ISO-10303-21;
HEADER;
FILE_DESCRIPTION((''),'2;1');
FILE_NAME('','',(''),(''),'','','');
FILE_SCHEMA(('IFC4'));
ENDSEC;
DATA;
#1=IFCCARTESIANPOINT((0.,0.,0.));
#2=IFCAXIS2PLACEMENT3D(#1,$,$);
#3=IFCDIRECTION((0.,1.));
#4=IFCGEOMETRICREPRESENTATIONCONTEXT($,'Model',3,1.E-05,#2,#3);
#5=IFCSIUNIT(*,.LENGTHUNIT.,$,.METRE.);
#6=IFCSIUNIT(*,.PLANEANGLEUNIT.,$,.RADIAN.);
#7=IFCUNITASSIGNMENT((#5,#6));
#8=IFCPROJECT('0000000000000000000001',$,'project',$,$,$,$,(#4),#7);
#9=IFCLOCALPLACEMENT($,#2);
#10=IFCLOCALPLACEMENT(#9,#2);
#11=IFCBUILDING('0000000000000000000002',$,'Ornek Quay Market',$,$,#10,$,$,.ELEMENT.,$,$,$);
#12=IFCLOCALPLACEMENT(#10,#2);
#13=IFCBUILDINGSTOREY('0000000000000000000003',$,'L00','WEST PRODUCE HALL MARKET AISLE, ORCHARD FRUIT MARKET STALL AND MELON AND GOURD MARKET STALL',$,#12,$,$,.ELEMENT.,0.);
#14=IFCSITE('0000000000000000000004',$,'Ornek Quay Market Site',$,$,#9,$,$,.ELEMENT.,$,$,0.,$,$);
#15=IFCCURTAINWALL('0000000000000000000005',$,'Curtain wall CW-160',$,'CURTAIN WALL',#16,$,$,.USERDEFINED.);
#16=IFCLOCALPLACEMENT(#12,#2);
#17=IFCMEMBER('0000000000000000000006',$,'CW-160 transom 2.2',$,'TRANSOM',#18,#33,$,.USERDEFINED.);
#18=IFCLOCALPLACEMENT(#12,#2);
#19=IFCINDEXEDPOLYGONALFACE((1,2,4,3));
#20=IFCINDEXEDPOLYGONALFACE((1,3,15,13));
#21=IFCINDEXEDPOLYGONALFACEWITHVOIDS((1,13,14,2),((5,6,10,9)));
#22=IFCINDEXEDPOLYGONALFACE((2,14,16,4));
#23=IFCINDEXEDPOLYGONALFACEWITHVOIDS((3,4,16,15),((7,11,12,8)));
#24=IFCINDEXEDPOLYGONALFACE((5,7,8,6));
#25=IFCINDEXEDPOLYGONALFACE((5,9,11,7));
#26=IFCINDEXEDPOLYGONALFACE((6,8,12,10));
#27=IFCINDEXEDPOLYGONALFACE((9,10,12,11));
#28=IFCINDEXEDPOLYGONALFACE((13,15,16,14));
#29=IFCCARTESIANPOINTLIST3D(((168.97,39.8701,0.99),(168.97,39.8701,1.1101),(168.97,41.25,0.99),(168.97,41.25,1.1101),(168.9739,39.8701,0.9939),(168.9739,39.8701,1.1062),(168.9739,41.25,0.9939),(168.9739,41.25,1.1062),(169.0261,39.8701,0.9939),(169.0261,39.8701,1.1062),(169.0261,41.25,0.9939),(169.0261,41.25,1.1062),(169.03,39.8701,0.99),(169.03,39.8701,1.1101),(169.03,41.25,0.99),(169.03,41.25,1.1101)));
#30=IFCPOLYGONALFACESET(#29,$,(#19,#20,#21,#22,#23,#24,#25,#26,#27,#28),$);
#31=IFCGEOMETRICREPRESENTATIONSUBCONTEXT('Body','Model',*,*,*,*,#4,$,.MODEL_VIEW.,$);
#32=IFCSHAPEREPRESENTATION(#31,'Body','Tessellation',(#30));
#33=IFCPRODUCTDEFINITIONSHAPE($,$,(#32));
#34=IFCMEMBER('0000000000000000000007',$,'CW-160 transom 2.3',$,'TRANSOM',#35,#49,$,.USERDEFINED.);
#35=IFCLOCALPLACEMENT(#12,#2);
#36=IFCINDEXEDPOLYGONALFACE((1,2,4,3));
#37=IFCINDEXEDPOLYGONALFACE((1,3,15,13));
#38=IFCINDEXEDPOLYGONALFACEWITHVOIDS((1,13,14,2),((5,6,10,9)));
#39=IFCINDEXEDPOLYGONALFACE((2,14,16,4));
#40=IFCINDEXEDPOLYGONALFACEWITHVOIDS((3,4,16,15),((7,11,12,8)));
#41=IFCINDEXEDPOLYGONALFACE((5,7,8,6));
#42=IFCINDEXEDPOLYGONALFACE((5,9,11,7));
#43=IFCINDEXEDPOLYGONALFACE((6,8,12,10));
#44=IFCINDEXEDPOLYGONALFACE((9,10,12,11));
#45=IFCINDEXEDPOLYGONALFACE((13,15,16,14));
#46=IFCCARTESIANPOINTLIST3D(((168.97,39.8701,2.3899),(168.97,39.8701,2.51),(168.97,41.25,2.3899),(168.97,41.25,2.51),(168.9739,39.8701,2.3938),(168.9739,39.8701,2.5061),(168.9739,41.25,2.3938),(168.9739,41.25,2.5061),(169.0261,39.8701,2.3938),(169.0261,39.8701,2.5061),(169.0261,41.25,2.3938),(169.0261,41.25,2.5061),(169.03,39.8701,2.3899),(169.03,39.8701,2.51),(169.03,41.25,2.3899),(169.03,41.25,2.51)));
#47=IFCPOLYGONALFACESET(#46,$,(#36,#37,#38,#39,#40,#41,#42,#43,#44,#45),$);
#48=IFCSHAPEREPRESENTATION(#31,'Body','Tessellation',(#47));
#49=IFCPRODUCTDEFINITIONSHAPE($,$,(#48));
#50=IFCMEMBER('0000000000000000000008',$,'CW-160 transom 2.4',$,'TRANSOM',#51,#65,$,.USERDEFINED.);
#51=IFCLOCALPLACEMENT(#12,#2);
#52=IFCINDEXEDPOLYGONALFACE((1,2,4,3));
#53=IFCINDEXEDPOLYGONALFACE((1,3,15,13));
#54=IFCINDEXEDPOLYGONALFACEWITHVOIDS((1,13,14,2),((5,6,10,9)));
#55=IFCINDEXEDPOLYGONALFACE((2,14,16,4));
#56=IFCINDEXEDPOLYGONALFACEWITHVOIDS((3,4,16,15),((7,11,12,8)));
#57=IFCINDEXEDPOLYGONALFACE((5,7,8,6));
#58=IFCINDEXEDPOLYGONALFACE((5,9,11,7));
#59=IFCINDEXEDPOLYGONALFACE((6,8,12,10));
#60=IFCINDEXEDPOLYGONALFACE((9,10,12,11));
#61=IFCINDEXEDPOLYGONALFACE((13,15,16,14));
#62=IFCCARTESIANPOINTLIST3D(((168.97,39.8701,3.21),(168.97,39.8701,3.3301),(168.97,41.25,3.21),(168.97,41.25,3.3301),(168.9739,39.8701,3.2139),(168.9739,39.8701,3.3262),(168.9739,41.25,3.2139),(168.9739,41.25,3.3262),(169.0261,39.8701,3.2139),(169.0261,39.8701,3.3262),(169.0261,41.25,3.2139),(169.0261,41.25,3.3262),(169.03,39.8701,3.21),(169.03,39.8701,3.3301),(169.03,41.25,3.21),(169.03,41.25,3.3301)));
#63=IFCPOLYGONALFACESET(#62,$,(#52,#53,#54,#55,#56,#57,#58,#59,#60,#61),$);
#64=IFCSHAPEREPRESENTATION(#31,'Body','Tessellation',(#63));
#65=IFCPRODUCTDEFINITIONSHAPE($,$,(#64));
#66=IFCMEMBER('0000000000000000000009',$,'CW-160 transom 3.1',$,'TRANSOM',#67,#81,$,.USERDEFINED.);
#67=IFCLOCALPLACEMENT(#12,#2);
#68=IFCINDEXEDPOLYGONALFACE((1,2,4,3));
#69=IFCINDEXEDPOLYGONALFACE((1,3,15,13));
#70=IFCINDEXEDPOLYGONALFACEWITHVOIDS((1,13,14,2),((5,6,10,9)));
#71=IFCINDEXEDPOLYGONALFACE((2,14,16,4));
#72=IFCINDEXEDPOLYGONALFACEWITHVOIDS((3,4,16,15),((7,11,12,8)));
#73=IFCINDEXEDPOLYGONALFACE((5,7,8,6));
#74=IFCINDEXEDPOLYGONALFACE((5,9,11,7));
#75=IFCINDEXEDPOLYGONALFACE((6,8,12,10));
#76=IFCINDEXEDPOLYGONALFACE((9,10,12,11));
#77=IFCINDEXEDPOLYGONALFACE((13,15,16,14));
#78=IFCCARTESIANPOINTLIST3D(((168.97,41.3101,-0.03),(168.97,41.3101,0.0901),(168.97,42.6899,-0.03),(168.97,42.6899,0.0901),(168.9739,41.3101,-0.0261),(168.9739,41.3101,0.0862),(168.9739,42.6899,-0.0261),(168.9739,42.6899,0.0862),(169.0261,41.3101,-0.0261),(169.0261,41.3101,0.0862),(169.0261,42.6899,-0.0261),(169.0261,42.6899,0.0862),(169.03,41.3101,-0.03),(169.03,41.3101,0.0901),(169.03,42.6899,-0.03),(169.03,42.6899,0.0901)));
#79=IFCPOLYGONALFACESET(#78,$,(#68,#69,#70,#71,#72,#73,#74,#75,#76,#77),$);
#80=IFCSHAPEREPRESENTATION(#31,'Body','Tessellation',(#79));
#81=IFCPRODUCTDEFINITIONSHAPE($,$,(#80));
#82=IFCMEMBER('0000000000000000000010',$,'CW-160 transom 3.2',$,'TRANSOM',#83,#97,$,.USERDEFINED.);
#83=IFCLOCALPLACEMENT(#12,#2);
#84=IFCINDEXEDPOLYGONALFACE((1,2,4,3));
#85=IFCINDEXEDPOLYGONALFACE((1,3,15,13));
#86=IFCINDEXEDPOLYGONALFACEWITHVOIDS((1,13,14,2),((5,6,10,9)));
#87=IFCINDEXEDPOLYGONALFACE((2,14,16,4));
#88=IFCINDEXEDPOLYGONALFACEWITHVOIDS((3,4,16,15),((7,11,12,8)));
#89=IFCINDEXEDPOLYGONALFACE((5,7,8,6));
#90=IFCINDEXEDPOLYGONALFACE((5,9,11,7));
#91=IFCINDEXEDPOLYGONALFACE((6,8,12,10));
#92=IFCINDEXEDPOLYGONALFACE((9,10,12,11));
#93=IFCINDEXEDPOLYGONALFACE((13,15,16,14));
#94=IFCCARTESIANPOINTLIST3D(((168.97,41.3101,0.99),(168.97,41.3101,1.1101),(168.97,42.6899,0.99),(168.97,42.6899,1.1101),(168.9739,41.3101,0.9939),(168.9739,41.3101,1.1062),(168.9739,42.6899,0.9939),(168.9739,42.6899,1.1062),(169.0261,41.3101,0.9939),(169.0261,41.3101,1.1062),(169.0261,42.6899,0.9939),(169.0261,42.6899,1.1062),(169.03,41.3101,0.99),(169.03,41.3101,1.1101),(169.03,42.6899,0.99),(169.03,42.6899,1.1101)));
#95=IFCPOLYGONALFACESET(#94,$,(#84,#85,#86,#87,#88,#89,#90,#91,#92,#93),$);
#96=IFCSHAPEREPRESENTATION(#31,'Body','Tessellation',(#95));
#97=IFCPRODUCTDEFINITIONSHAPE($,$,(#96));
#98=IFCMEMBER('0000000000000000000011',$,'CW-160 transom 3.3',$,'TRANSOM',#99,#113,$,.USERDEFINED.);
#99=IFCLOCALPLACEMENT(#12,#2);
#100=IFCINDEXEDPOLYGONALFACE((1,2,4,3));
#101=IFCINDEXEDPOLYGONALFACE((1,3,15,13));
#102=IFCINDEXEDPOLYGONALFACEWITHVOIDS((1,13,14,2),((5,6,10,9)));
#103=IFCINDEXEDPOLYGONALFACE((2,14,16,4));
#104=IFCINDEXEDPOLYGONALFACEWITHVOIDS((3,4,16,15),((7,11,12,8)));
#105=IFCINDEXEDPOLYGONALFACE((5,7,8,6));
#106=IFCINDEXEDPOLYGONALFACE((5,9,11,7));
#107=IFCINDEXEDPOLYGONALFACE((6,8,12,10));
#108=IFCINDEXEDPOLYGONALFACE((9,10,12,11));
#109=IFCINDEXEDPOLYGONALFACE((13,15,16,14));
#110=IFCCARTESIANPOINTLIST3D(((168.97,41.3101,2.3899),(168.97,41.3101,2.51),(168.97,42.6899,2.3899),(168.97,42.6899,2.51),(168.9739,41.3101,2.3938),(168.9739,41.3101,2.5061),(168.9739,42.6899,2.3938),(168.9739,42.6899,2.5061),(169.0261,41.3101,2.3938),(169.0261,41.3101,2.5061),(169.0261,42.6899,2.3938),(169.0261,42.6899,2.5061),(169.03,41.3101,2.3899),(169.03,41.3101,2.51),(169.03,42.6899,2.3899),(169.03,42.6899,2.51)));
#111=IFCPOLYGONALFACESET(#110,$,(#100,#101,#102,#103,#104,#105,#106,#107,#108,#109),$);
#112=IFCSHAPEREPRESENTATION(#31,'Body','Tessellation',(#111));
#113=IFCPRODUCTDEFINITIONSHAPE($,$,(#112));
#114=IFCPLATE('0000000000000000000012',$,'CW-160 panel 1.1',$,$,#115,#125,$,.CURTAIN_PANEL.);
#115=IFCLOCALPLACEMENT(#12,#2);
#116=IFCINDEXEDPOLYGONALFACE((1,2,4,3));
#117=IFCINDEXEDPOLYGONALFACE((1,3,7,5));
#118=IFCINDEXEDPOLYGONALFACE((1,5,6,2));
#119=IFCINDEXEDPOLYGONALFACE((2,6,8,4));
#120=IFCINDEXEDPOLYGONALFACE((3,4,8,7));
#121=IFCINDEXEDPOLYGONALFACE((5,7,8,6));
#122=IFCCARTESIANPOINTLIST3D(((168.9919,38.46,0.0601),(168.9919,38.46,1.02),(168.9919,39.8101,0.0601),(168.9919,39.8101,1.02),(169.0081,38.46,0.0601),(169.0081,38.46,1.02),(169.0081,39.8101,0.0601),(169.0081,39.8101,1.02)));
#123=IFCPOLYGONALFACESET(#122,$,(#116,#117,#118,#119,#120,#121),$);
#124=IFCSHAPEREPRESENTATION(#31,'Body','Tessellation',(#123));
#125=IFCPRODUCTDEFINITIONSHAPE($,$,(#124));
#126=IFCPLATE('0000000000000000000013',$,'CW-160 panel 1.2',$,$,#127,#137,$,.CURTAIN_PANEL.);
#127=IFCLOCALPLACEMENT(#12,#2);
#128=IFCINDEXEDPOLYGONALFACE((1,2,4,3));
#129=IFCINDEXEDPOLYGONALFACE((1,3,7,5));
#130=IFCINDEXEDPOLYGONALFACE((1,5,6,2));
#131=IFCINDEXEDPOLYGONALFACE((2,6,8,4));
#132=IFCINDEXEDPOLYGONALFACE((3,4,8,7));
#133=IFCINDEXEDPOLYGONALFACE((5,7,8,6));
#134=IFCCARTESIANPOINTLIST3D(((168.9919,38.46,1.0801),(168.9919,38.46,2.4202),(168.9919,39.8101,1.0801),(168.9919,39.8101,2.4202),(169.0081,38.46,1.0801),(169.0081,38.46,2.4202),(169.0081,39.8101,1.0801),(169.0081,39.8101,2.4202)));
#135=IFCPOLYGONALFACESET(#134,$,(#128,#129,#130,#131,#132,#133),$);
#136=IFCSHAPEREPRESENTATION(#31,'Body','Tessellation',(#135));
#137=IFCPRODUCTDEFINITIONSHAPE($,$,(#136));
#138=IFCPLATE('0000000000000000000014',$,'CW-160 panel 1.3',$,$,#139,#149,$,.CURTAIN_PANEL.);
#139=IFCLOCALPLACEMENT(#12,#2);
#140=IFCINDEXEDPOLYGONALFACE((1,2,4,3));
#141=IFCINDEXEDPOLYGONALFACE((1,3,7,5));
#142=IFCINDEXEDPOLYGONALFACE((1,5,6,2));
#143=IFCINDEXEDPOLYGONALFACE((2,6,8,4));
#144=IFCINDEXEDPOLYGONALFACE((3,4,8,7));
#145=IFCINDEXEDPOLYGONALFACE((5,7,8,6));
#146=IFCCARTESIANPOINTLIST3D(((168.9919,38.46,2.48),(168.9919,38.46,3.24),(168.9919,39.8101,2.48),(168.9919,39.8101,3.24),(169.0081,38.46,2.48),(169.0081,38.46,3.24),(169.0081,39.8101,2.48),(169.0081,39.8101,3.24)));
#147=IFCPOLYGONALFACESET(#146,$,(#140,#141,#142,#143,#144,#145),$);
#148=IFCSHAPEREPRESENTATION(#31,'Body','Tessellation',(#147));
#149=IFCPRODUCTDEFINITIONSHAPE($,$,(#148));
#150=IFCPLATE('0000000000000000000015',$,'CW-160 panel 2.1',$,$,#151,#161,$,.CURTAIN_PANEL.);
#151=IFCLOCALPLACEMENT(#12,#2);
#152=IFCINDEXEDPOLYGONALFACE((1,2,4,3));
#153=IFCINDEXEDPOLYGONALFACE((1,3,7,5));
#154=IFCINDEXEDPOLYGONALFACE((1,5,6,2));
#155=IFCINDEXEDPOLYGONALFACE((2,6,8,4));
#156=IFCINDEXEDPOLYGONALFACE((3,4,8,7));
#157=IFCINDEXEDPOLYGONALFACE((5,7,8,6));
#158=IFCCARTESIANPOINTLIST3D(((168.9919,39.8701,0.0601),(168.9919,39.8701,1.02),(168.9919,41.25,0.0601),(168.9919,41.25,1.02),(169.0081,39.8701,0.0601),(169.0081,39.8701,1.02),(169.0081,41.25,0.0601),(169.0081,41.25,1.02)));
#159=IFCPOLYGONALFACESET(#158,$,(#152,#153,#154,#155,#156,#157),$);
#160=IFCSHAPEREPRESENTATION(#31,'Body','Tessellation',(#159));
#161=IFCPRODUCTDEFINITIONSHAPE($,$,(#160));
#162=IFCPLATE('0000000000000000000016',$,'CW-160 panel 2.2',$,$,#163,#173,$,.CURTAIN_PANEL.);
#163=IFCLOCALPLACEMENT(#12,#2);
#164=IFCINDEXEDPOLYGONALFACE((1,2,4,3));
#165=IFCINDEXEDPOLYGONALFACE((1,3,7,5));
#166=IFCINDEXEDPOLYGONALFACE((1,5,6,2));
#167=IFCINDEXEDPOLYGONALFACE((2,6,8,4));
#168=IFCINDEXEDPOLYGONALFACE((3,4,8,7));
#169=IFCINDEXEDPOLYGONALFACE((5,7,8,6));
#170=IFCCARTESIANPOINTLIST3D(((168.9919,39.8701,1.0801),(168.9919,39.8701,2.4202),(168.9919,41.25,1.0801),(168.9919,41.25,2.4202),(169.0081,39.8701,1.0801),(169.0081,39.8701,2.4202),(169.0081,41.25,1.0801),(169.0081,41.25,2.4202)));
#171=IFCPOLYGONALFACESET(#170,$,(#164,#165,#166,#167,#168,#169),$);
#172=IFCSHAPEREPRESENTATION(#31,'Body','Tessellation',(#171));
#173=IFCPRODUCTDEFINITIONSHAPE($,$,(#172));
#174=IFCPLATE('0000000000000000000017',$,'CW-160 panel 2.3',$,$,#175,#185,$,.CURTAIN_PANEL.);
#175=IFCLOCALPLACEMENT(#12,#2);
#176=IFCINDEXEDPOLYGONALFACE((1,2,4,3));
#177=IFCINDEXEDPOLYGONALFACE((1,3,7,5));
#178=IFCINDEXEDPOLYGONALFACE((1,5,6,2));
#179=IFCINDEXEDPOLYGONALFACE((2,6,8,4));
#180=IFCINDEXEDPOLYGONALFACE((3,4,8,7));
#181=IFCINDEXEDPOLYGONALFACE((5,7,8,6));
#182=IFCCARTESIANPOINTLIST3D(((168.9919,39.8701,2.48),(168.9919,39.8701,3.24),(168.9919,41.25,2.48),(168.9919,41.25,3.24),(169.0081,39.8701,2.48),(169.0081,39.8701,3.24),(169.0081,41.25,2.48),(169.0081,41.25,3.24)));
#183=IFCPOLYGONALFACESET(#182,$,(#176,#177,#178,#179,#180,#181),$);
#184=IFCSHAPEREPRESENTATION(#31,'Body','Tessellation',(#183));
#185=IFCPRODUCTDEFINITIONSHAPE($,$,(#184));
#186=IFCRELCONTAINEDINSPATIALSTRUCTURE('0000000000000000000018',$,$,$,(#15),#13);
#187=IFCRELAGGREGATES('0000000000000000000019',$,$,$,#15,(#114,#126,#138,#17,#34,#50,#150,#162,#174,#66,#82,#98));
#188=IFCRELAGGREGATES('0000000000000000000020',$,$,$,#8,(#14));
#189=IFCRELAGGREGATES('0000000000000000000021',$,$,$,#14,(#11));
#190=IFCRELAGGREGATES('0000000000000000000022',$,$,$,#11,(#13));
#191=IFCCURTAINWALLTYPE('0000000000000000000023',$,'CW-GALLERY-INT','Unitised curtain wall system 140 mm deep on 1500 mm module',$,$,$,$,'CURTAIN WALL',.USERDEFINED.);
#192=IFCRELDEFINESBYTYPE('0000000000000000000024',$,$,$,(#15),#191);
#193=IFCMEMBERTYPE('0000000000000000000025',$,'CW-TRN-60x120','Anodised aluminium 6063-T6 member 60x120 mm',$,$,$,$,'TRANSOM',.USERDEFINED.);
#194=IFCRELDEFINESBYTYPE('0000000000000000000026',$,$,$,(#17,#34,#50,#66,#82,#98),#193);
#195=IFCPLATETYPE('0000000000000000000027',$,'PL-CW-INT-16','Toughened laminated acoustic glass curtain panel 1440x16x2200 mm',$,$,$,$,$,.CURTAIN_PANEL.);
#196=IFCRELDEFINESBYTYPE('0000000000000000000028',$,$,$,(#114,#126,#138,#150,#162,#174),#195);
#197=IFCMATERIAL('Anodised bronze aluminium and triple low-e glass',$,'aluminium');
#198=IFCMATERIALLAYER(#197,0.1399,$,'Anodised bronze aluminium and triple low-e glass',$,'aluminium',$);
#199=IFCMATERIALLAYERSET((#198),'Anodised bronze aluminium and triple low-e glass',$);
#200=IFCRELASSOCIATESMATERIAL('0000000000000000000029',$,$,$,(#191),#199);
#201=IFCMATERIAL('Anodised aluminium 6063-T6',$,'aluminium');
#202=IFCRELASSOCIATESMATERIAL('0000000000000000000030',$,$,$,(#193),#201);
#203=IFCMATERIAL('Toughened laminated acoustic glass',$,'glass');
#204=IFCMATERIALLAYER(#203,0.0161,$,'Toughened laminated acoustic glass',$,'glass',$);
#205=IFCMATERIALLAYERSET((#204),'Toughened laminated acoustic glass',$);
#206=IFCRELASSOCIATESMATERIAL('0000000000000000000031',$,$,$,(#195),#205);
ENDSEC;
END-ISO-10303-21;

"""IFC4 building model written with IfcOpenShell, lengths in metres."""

from ifc_helpers import new_model, si_unit, direction, frame, origin, origin_2d, place, context, subcontext, project, spatial, rectangle, hollow_rectangle, extrude, material, layer, layer_set, material_profile, profile_set, type_object, element, aggregate, save


model = new_model("IFC4")

# Units and contexts
model_context = context("Model", 3, precision=1e-05, world=origin(), true_north=direction((0.0, 1.0)))
body_context = subcontext(model_context, "Body", "Model", "MODEL_VIEW")
ifc_project = project(units=[si_unit("LENGTHUNIT", "METRE"), si_unit("PLANEANGLEUNIT", "RADIAN")], contexts=[model_context])

# Site, building, storey
site_placement = place(None, origin())
site = spatial("IfcSite", under=ifc_project, at=site_placement, Name="Ornek Quay Market Site", CompositionType="ELEMENT", RefElevation=0.0)
building_placement = place(site_placement, origin())
building = spatial("IfcBuilding", under=site, at=building_placement, Name="Ornek Quay Market", CompositionType="ELEMENT")
storey_placement = place(building_placement, origin())
storey = spatial("IfcBuildingStorey", under=building, at=storey_placement, Name="L00", Description="WEST PRODUCE HALL MARKET AISLE, ORCHARD FRUIT MARKET STALL AND MELON AND GOURD MARKET STALL", CompositionType="ELEMENT", Elevation=0.0)

# Curtain wall, members, plates
ifc_material_1 = material(Name="Anodised bronze aluminium and triple low-e glass", Category="aluminium")
ifc_layer_1 = layer(ifc_material_1, 0.1399, Name="Anodised bronze aluminium and triple low-e glass", Category="aluminium")
ifc_layer_set_1 = layer_set([ifc_layer_1], Name="Anodised bronze aluminium and triple low-e glass")
curtain_wall_type = type_object("IfcCurtainWallType", Name="CW-GALLERY-INT", Description="Unitised curtain wall system 140 mm deep on 1500 mm module", ElementType="CURTAIN WALL", PredefinedType="USERDEFINED", material=ifc_layer_set_1)
curtain_wall_placement = place(storey_placement, origin())
curtain_wall = element("IfcCurtainWall", 1, at=curtain_wall_placement, inside=storey, type_object=curtain_wall_type, Name="Curtain wall CW-160", ObjectType="CURTAIN WALL", PredefinedType="USERDEFINED")
ifc_material_2 = material(Name="Anodised aluminium 6063-T6", Category="aluminium")
ifc_material_profile_1 = material_profile(ifc_material_2, hollow_rectangle(XDim=0.0601, YDim=0.1201, WallThickness=0.0039, at=origin_2d()), Name="CW-TRN-60x120", Category="aluminium")
ifc_profile_set_1 = profile_set([ifc_material_profile_1], Name="Anodised aluminium 6063-T6")
member_type_1 = type_object("IfcMemberType", Name="CW-TRN-60x120", Description="Anodised aluminium 6063-T6 member 60x120 mm", ElementType="TRANSOM", PredefinedType="USERDEFINED", material=ifc_profile_set_1)
member_1_placement = place(storey_placement, frame((169.0, 39.8701, 1.05), z_axis=(0.0, 1.0, 0.0), x_axis=(-1.0, 0.0, 0.0)))
member_1 = element("IfcMember", 2, at=member_1_placement, type_object=member_type_1, Name="CW-160 transom 2.2", ObjectType="TRANSOM", PredefinedType="USERDEFINED", context=body_context, shape_type="SweptSolid", body=[
    extrude(hollow_rectangle(XDim=0.0601, YDim=0.1201, WallThickness=0.0039, at=origin_2d()), origin(), (0.0, 0.0, 1.0), 1.3799),
])
member_2_placement = place(storey_placement, frame((169.0, 39.8701, 2.45), z_axis=(0.0, 1.0, 0.0), x_axis=(-1.0, 0.0, 0.0)))
member_2 = element("IfcMember", 3, at=member_2_placement, type_object=member_type_1, Name="CW-160 transom 2.3", ObjectType="TRANSOM", PredefinedType="USERDEFINED", context=body_context, shape_type="SweptSolid", body=[
    extrude(hollow_rectangle(XDim=0.0601, YDim=0.1201, WallThickness=0.0039, at=origin_2d()), origin(), (0.0, 0.0, 1.0), 1.3799),
])
member_3_placement = place(storey_placement, frame((169.0, 39.8701, 3.27), z_axis=(0.0, 1.0, 0.0), x_axis=(-1.0, 0.0, 0.0)))
member_3 = element("IfcMember", 4, at=member_3_placement, type_object=member_type_1, Name="CW-160 transom 2.4", ObjectType="TRANSOM", PredefinedType="USERDEFINED", context=body_context, shape_type="SweptSolid", body=[
    extrude(hollow_rectangle(XDim=0.0601, YDim=0.1201, WallThickness=0.0039, at=origin_2d()), origin(), (0.0, 0.0, 1.0), 1.3799),
])
member_4_placement = place(storey_placement, frame((169.0, 41.3101, 0.03), z_axis=(0.0, 1.0, 0.0), x_axis=(-1.0, 0.0, 0.0)))
member_4 = element("IfcMember", 5, at=member_4_placement, type_object=member_type_1, Name="CW-160 transom 3.1", ObjectType="TRANSOM", PredefinedType="USERDEFINED", context=body_context, shape_type="SweptSolid", body=[
    extrude(hollow_rectangle(XDim=0.0601, YDim=0.1201, WallThickness=0.0039, at=origin_2d()), origin(), (0.0, 0.0, 1.0), 1.3799),
])
member_5_placement = place(storey_placement, frame((169.0, 41.3101, 1.05), z_axis=(0.0, 1.0, 0.0), x_axis=(-1.0, 0.0, 0.0)))
member_5 = element("IfcMember", 6, at=member_5_placement, type_object=member_type_1, Name="CW-160 transom 3.2", ObjectType="TRANSOM", PredefinedType="USERDEFINED", context=body_context, shape_type="SweptSolid", body=[
    extrude(hollow_rectangle(XDim=0.0601, YDim=0.1201, WallThickness=0.0039, at=origin_2d()), origin(), (0.0, 0.0, 1.0), 1.3799),
])
member_6_placement = place(storey_placement, frame((169.0, 41.3101, 2.45), z_axis=(0.0, 1.0, 0.0), x_axis=(-1.0, 0.0, 0.0)))
member_6 = element("IfcMember", 7, at=member_6_placement, type_object=member_type_1, Name="CW-160 transom 3.3", ObjectType="TRANSOM", PredefinedType="USERDEFINED", context=body_context, shape_type="SweptSolid", body=[
    extrude(hollow_rectangle(XDim=0.0601, YDim=0.1201, WallThickness=0.0039, at=origin_2d()), origin(), (0.0, 0.0, 1.0), 1.3799),
])
ifc_material_3 = material(Name="Toughened laminated acoustic glass", Category="glass")
ifc_layer_2 = layer(ifc_material_3, 0.0161, Name="Toughened laminated acoustic glass", Category="glass")
ifc_layer_set_2 = layer_set([ifc_layer_2], Name="Toughened laminated acoustic glass")
plate_type = type_object("IfcPlateType", Name="PL-CW-INT-16", Description="Toughened laminated acoustic glass curtain panel 1440x16x2200 mm", PredefinedType="CURTAIN_PANEL", material=ifc_layer_set_2)
plate_1_placement = place(storey_placement, frame((169.0, 39.135, 0.0601), z_axis=(0.0, 0.0, 1.0), x_axis=(0.0, 1.0, 0.0)))
plate_1 = element("IfcPlate", 8, at=plate_1_placement, type_object=plate_type, Name="CW-160 panel 1.1", PredefinedType="CURTAIN_PANEL", context=body_context, shape_type="SweptSolid", body=[
    extrude(rectangle(XDim=1.3501, YDim=0.0161, at=origin_2d()), origin(), (0.0, 0.0, 1.0), 0.96),
])
plate_2_placement = place(storey_placement, frame((169.0, 39.135, 1.0801), z_axis=(0.0, 0.0, 1.0), x_axis=(0.0, 1.0, 0.0)))
plate_2 = element("IfcPlate", 9, at=plate_2_placement, type_object=plate_type, Name="CW-160 panel 1.2", PredefinedType="CURTAIN_PANEL", context=body_context, shape_type="SweptSolid", body=[
    extrude(rectangle(XDim=1.3501, YDim=0.0161, at=origin_2d()), origin(), (0.0, 0.0, 1.0), 1.3401),
])
plate_3_placement = place(storey_placement, frame((169.0, 39.135, 2.48), z_axis=(0.0, 0.0, 1.0), x_axis=(0.0, 1.0, 0.0)))
plate_3 = element("IfcPlate", 10, at=plate_3_placement, type_object=plate_type, Name="CW-160 panel 1.3", PredefinedType="CURTAIN_PANEL", context=body_context, shape_type="SweptSolid", body=[
    extrude(rectangle(XDim=1.3501, YDim=0.0161, at=origin_2d()), origin(), (0.0, 0.0, 1.0), 0.76),
])
plate_4_placement = place(storey_placement, frame((169.0, 40.5601, 0.0601), z_axis=(0.0, 0.0, 1.0), x_axis=(0.0, 1.0, 0.0)))
plate_4 = element("IfcPlate", 11, at=plate_4_placement, type_object=plate_type, Name="CW-160 panel 2.1", PredefinedType="CURTAIN_PANEL", context=body_context, shape_type="SweptSolid", body=[
    extrude(rectangle(XDim=1.3799, YDim=0.0161, at=origin_2d()), origin(), (0.0, 0.0, 1.0), 0.96),
])
plate_5_placement = place(storey_placement, frame((169.0, 40.5601, 1.0801), z_axis=(0.0, 0.0, 1.0), x_axis=(0.0, 1.0, 0.0)))
plate_5 = element("IfcPlate", 12, at=plate_5_placement, type_object=plate_type, Name="CW-160 panel 2.2", PredefinedType="CURTAIN_PANEL", context=body_context, shape_type="SweptSolid", body=[
    extrude(rectangle(XDim=1.3799, YDim=0.0161, at=origin_2d()), origin(), (0.0, 0.0, 1.0), 1.3401),
])
plate_6_placement = place(storey_placement, frame((169.0, 40.5601, 2.48), z_axis=(0.0, 0.0, 1.0), x_axis=(0.0, 1.0, 0.0)))
plate_6 = element("IfcPlate", 13, at=plate_6_placement, type_object=plate_type, Name="CW-160 panel 2.3", PredefinedType="CURTAIN_PANEL", context=body_context, shape_type="SweptSolid", body=[
    extrude(rectangle(XDim=1.3799, YDim=0.0161, at=origin_2d()), origin(), (0.0, 0.0, 1.0), 0.76),
])
aggregate(curtain_wall, [plate_1, plate_2, plate_3, member_1, member_2, member_3, plate_4, plate_5, plate_6, member_4, member_5, member_6])

save(model, "model.ifc")
